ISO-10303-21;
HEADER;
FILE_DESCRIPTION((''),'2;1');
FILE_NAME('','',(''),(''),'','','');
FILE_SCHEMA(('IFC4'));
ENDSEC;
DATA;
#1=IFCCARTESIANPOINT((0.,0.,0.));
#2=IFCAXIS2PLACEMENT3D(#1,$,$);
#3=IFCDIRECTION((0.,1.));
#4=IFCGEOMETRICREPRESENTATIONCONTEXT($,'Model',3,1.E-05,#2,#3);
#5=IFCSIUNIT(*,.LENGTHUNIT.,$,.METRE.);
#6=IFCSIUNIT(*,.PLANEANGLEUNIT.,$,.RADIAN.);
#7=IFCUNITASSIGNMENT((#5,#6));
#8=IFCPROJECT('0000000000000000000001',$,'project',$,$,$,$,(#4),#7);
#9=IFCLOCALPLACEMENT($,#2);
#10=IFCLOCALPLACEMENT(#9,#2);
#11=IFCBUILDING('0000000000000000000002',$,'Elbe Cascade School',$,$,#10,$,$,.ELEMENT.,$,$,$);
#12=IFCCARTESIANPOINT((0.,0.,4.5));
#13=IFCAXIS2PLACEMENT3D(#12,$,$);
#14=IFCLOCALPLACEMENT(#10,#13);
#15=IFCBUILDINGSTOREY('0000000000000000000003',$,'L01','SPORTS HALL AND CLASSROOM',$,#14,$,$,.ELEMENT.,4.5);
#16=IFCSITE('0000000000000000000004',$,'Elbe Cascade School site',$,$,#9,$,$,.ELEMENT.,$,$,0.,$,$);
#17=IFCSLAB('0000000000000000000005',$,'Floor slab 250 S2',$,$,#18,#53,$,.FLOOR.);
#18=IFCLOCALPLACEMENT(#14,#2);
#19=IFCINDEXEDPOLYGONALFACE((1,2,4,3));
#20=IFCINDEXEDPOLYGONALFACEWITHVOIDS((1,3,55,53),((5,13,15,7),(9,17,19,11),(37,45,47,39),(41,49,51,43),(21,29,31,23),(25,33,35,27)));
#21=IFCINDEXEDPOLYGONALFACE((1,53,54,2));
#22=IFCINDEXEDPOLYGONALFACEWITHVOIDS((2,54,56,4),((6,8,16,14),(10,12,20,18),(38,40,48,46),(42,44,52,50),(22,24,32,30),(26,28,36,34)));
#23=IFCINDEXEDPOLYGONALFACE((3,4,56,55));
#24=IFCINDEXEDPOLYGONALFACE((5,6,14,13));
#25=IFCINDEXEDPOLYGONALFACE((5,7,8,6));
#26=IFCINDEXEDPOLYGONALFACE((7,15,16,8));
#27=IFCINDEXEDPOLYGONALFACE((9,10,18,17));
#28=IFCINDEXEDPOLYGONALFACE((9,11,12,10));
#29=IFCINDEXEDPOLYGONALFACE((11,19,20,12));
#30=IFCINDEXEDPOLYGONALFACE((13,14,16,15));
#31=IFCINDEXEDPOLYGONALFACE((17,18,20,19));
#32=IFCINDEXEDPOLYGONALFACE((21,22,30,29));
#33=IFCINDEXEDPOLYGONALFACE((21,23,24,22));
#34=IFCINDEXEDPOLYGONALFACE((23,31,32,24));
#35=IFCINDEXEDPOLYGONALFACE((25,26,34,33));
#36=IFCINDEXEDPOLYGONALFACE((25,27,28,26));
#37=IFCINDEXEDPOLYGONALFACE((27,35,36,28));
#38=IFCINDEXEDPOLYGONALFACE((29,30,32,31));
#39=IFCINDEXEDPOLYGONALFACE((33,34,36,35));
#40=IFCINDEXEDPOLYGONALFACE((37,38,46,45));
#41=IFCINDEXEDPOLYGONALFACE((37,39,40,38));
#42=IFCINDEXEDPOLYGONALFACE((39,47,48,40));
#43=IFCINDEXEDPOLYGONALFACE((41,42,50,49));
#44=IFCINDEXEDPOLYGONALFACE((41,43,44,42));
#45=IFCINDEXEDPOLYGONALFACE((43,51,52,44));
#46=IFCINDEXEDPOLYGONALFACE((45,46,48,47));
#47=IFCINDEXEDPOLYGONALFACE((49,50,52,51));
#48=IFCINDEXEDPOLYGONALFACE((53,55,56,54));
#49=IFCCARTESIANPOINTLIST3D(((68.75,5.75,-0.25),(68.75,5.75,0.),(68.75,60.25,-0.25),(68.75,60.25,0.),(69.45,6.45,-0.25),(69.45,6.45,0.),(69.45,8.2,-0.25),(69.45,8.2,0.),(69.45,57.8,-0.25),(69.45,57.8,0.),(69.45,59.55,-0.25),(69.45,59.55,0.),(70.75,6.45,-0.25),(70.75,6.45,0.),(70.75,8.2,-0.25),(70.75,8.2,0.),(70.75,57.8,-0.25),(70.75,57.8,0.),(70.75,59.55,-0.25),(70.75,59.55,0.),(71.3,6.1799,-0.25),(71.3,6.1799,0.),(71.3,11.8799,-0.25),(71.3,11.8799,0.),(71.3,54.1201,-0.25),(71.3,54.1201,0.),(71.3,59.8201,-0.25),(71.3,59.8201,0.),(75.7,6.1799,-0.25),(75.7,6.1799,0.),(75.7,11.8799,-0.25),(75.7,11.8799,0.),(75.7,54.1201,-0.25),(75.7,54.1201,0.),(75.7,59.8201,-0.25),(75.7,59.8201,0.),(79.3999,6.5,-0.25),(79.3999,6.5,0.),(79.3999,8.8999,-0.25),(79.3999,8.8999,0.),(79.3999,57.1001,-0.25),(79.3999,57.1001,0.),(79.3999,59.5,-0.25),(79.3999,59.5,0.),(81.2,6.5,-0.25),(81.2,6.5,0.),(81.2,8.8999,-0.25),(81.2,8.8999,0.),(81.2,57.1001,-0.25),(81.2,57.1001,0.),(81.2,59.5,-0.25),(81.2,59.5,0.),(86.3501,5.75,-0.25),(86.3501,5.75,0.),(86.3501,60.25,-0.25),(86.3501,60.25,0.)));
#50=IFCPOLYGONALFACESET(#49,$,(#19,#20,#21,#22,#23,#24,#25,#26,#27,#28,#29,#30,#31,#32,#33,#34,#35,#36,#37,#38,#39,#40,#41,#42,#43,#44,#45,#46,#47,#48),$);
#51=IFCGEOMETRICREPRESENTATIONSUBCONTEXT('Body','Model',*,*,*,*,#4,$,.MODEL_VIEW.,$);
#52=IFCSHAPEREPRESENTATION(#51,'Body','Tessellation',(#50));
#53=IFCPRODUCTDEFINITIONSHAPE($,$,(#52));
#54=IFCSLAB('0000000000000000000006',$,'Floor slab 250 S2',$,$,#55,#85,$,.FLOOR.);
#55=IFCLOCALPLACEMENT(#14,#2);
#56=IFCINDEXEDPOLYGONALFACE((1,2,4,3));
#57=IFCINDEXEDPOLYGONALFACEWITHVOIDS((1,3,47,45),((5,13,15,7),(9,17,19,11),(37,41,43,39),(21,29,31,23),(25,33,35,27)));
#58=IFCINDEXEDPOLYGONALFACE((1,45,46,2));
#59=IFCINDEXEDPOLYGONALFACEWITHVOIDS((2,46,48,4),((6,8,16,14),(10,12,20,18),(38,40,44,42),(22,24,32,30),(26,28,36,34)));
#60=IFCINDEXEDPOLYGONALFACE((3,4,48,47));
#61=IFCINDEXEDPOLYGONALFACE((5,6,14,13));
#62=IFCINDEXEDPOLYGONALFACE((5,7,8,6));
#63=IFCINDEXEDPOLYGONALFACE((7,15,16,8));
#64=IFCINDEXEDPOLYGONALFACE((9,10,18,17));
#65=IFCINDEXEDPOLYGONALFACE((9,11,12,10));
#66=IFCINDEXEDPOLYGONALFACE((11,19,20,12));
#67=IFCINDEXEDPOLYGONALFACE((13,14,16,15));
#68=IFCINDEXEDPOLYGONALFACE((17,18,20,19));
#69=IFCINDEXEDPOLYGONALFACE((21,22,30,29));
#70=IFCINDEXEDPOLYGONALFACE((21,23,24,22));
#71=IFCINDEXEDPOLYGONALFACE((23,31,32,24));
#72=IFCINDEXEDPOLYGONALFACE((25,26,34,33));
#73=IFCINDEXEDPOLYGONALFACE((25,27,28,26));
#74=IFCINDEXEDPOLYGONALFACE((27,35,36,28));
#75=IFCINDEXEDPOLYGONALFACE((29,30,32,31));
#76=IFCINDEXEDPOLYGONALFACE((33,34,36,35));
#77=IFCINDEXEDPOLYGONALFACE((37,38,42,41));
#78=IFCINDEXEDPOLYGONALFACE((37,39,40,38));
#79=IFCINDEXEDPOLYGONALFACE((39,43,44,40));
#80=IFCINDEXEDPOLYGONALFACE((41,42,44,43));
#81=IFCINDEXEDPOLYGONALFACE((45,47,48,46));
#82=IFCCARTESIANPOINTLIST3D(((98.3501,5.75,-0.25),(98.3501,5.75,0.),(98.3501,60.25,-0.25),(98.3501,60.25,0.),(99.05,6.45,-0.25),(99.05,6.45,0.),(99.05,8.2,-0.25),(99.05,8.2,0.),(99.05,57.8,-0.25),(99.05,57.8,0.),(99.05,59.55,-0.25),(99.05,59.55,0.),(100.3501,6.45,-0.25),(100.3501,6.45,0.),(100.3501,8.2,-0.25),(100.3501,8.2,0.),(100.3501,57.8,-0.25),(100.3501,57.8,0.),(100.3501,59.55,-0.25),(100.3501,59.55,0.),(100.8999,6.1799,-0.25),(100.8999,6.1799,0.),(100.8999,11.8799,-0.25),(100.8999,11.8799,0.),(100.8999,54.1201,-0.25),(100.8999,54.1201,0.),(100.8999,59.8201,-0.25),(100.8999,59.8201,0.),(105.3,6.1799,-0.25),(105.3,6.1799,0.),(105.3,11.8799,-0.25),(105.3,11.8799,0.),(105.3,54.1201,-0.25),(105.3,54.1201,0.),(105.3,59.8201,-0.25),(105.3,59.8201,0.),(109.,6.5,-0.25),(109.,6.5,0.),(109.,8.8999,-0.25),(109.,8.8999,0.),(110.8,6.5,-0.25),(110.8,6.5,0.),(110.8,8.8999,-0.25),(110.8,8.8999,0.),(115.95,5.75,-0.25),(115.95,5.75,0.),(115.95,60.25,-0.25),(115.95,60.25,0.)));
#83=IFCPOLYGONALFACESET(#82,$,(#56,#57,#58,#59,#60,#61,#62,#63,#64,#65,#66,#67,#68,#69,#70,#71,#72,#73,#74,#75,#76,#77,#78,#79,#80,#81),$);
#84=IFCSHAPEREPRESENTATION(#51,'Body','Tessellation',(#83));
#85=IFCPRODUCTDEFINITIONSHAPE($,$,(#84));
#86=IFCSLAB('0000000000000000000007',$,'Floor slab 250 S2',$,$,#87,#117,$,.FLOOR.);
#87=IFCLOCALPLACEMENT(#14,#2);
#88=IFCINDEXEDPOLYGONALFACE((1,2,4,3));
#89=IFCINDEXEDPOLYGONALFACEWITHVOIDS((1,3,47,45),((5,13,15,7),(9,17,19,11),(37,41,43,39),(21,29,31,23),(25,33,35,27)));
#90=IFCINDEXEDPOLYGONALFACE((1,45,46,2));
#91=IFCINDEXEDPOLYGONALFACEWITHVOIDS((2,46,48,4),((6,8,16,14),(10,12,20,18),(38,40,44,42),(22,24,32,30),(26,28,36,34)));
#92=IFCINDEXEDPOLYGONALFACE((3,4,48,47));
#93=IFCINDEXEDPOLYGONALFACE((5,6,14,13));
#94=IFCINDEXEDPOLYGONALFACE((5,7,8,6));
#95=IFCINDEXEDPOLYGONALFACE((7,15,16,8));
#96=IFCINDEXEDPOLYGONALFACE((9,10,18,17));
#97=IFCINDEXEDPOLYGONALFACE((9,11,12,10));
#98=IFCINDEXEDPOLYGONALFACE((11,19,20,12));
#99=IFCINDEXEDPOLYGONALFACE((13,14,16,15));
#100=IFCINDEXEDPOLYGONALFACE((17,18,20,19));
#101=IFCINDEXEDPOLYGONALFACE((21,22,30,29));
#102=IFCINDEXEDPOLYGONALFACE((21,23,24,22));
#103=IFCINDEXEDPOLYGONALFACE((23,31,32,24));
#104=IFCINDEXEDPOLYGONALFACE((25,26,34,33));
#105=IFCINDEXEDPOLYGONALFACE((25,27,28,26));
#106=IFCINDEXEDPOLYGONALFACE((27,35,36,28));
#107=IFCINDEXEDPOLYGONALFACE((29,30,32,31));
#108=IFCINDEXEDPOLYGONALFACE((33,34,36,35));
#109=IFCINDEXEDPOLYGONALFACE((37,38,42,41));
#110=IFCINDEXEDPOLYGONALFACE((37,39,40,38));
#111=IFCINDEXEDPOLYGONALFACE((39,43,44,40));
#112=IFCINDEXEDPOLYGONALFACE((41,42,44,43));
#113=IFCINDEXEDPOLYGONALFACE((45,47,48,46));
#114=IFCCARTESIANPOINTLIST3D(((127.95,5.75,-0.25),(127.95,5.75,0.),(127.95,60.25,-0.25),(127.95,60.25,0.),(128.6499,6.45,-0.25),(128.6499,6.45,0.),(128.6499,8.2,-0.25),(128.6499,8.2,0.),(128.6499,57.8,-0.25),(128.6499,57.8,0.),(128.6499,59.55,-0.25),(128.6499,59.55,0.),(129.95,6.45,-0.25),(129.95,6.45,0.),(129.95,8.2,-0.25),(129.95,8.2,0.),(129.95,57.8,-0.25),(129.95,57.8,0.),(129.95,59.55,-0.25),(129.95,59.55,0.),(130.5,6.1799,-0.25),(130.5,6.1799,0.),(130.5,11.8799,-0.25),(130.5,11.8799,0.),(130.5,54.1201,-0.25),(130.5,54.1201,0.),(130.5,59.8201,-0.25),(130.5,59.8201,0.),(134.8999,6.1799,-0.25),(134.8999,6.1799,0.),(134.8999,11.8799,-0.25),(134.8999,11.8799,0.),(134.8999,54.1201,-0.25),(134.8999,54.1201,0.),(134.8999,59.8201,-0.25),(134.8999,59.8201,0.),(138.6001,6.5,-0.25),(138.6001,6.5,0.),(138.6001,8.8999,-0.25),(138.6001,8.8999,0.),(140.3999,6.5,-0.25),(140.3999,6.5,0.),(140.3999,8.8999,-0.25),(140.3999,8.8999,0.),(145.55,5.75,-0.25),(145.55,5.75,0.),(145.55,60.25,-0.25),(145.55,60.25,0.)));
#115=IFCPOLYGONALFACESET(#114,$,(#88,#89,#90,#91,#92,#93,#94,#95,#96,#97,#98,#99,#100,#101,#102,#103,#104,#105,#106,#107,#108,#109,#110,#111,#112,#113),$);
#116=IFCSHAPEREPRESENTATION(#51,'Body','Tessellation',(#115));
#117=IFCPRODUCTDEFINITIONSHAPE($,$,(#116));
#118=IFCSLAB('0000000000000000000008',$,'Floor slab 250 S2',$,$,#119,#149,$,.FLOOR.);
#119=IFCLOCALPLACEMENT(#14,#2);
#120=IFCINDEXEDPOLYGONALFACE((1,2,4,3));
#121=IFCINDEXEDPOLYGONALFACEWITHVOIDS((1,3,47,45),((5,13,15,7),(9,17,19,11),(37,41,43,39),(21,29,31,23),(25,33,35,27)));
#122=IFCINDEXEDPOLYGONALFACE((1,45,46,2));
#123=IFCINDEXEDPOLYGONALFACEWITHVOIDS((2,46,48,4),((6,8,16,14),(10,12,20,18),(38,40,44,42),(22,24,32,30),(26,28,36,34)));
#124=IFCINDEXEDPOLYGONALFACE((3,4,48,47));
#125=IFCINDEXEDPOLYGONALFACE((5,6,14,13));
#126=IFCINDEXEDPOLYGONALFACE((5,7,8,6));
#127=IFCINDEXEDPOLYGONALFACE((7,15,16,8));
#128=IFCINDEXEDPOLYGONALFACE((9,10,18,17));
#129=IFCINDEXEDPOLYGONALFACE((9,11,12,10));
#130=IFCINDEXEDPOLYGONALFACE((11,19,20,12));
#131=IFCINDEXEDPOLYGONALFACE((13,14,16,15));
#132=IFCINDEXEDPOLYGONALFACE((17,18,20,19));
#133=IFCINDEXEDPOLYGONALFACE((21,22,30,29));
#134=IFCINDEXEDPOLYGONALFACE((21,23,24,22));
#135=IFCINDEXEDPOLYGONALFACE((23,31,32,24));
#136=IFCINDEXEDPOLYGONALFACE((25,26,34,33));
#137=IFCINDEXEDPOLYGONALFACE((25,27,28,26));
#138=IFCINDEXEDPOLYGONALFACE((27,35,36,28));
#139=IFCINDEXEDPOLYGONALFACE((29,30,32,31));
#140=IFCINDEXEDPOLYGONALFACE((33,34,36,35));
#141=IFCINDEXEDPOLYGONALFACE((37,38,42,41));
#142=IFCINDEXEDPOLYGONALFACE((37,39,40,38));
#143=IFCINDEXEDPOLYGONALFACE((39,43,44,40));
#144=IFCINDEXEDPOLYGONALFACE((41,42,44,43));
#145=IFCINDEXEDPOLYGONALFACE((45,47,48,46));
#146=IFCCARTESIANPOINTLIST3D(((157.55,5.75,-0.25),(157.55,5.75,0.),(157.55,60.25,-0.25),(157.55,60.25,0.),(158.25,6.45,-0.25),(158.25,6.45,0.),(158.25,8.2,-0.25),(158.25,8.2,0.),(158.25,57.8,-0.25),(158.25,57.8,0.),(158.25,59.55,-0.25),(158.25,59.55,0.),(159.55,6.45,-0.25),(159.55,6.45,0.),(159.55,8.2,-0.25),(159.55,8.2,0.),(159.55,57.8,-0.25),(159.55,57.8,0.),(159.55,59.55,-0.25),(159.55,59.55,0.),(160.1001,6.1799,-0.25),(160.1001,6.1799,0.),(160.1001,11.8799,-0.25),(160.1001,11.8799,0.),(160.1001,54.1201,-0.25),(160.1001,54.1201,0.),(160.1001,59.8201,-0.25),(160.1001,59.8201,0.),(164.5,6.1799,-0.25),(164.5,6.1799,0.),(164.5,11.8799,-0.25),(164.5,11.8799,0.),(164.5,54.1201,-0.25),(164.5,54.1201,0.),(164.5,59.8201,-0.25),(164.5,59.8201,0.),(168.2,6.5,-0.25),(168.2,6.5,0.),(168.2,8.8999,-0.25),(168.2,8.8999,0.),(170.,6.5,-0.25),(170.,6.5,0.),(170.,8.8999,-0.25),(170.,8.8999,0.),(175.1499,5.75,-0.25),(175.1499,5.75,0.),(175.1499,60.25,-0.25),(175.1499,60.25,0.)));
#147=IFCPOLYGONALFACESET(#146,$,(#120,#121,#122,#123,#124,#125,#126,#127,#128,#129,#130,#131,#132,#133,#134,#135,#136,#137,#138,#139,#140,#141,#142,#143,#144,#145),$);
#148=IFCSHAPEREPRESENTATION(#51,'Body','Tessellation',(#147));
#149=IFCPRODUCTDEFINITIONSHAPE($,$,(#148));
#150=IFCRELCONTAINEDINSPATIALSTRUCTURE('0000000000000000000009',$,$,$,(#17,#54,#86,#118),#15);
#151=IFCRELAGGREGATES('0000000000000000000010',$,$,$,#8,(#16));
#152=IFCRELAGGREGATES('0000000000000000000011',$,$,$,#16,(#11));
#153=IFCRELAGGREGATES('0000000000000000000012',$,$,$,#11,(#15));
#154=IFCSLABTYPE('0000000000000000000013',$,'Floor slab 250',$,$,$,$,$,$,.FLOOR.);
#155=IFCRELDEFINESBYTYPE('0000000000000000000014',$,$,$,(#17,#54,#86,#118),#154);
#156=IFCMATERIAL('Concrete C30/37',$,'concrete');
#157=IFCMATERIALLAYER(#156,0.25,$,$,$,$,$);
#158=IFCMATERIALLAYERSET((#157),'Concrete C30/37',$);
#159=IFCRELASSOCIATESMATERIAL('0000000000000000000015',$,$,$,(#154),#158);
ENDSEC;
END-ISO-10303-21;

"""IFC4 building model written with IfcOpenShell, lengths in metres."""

from ifc_helpers import new_model, si_unit, direction, frame, origin, place, context, subcontext, project, spatial, polyline, outline, extrude, material, layer, layer_set, type_object, element, save


model = new_model("IFC4")

# Units and contexts
model_context = context("Model", 3, precision=1e-05, world=origin(), true_north=direction((0.0, 1.0)))
body_context = subcontext(model_context, "Body", "Model", "MODEL_VIEW")
ifc_project = project(units=[si_unit("LENGTHUNIT", "METRE"), si_unit("PLANEANGLEUNIT", "RADIAN")], contexts=[model_context])

# Site, building, storey
site_placement = place(None, origin())
site = spatial("IfcSite", under=ifc_project, at=site_placement, Name="Elbe Cascade School site", CompositionType="ELEMENT", RefElevation=0.0)
building_placement = place(site_placement, origin())
building = spatial("IfcBuilding", under=site, at=building_placement, Name="Elbe Cascade School", CompositionType="ELEMENT")
storey_placement = place(building_placement, frame((0.0, 0.0, 4.5)))
storey = spatial("IfcBuildingStorey", under=building, at=storey_placement, Name="L01", Description="SPORTS HALL AND CLASSROOM", CompositionType="ELEMENT", Elevation=4.5)

# Slabs
ifc_material_1 = material(Name="Concrete C30/37", Category="concrete")
ifc_layer_1 = layer(ifc_material_1, 0.25)
ifc_layer_set_1 = layer_set([ifc_layer_1], Name="Concrete C30/37")
slab_type_1 = type_object("IfcSlabType", Name="Floor slab 250", PredefinedType="FLOOR", material=ifc_layer_set_1)
slab_1_placement = place(storey_placement, frame((0.0, 0.0, -0.25)))
element("IfcSlab", 1, at=slab_1_placement, inside=storey, type_object=slab_type_1, Name="Floor slab 250 S2", PredefinedType="FLOOR", context=body_context, shape_type="SweptSolid", body=[
    extrude(outline(polyline([(68.75, 5.75), (86.3501, 5.75), (86.3501, 60.25), (68.75, 60.25), (68.75, 5.75)]), holes=[polyline([(71.3, 6.1799), (75.7, 6.1799), (75.7, 11.8799), (71.3, 11.8799), (71.3, 6.1799)]), polyline([(79.3999, 6.5), (81.2, 6.5), (81.2, 8.8999), (79.3999, 8.8999), (79.3999, 6.5)]), polyline([(71.3, 54.1201), (75.7, 54.1201), (75.7, 59.8201), (71.3, 59.8201), (71.3, 54.1201)]), polyline([(79.3999, 57.1001), (81.2, 57.1001), (81.2, 59.5), (79.3999, 59.5), (79.3999, 57.1001)]), polyline([(69.45, 6.45), (70.75, 6.45), (70.75, 8.2), (69.45, 8.2), (69.45, 6.45)]), polyline([(69.45, 57.8), (70.75, 57.8), (70.75, 59.55), (69.45, 59.55), (69.45, 57.8)])]), origin(), (0.0, 0.0, 1.0), 0.25),
])
slab_2_placement = place(storey_placement, frame((0.0, 0.0, -0.25)))
element("IfcSlab", 2, at=slab_2_placement, inside=storey, type_object=slab_type_1, Name="Floor slab 250 S2", PredefinedType="FLOOR", context=body_context, shape_type="SweptSolid", body=[
    extrude(outline(polyline([(98.3501, 5.75), (115.95, 5.75), (115.95, 60.25), (98.3501, 60.25), (98.3501, 5.75)]), holes=[polyline([(100.8999, 6.1799), (105.3, 6.1799), (105.3, 11.8799), (100.8999, 11.8799), (100.8999, 6.1799)]), polyline([(109.0, 6.5), (110.8, 6.5), (110.8, 8.8999), (109.0, 8.8999), (109.0, 6.5)]), polyline([(100.8999, 54.1201), (105.3, 54.1201), (105.3, 59.8201), (100.8999, 59.8201), (100.8999, 54.1201)]), polyline([(99.05, 6.45), (100.3501, 6.45), (100.3501, 8.2), (99.05, 8.2), (99.05, 6.45)]), polyline([(99.05, 57.8), (100.3501, 57.8), (100.3501, 59.55), (99.05, 59.55), (99.05, 57.8)])]), origin(), (0.0, 0.0, 1.0), 0.25),
])
slab_3_placement = place(storey_placement, frame((0.0, 0.0, -0.25)))
element("IfcSlab", 3, at=slab_3_placement, inside=storey, type_object=slab_type_1, Name="Floor slab 250 S2", PredefinedType="FLOOR", context=body_context, shape_type="SweptSolid", body=[
    extrude(outline(polyline([(127.95, 5.75), (145.55, 5.75), (145.55, 60.25), (127.95, 60.25), (127.95, 5.75)]), holes=[polyline([(130.5, 6.1799), (134.8999, 6.1799), (134.8999, 11.8799), (130.5, 11.8799), (130.5, 6.1799)]), polyline([(138.6001, 6.5), (140.3999, 6.5), (140.3999, 8.8999), (138.6001, 8.8999), (138.6001, 6.5)]), polyline([(130.5, 54.1201), (134.8999, 54.1201), (134.8999, 59.8201), (130.5, 59.8201), (130.5, 54.1201)]), polyline([(128.6499, 6.45), (129.95, 6.45), (129.95, 8.2), (128.6499, 8.2), (128.6499, 6.45)]), polyline([(128.6499, 57.8), (129.95, 57.8), (129.95, 59.55), (128.6499, 59.55), (128.6499, 57.8)])]), origin(), (0.0, 0.0, 1.0), 0.25),
])
slab_4_placement = place(storey_placement, frame((0.0, 0.0, -0.25)))
element("IfcSlab", 4, at=slab_4_placement, inside=storey, type_object=slab_type_1, Name="Floor slab 250 S2", PredefinedType="FLOOR", context=body_context, shape_type="SweptSolid", body=[
    extrude(outline(polyline([(157.55, 5.75), (175.1499, 5.75), (175.1499, 60.25), (157.55, 60.25), (157.55, 5.75)]), holes=[polyline([(160.1001, 6.1799), (164.5, 6.1799), (164.5, 11.8799), (160.1001, 11.8799), (160.1001, 6.1799)]), polyline([(168.2, 6.5), (170.0, 6.5), (170.0, 8.8999), (168.2, 8.8999), (168.2, 6.5)]), polyline([(160.1001, 54.1201), (164.5, 54.1201), (164.5, 59.8201), (160.1001, 59.8201), (160.1001, 54.1201)]), polyline([(158.25, 6.45), (159.55, 6.45), (159.55, 8.2), (158.25, 8.2), (158.25, 6.45)]), polyline([(158.25, 57.8), (159.55, 57.8), (159.55, 59.55), (158.25, 59.55), (158.25, 57.8)])]), origin(), (0.0, 0.0, 1.0), 0.25),
])

save(model, "model.ifc")
